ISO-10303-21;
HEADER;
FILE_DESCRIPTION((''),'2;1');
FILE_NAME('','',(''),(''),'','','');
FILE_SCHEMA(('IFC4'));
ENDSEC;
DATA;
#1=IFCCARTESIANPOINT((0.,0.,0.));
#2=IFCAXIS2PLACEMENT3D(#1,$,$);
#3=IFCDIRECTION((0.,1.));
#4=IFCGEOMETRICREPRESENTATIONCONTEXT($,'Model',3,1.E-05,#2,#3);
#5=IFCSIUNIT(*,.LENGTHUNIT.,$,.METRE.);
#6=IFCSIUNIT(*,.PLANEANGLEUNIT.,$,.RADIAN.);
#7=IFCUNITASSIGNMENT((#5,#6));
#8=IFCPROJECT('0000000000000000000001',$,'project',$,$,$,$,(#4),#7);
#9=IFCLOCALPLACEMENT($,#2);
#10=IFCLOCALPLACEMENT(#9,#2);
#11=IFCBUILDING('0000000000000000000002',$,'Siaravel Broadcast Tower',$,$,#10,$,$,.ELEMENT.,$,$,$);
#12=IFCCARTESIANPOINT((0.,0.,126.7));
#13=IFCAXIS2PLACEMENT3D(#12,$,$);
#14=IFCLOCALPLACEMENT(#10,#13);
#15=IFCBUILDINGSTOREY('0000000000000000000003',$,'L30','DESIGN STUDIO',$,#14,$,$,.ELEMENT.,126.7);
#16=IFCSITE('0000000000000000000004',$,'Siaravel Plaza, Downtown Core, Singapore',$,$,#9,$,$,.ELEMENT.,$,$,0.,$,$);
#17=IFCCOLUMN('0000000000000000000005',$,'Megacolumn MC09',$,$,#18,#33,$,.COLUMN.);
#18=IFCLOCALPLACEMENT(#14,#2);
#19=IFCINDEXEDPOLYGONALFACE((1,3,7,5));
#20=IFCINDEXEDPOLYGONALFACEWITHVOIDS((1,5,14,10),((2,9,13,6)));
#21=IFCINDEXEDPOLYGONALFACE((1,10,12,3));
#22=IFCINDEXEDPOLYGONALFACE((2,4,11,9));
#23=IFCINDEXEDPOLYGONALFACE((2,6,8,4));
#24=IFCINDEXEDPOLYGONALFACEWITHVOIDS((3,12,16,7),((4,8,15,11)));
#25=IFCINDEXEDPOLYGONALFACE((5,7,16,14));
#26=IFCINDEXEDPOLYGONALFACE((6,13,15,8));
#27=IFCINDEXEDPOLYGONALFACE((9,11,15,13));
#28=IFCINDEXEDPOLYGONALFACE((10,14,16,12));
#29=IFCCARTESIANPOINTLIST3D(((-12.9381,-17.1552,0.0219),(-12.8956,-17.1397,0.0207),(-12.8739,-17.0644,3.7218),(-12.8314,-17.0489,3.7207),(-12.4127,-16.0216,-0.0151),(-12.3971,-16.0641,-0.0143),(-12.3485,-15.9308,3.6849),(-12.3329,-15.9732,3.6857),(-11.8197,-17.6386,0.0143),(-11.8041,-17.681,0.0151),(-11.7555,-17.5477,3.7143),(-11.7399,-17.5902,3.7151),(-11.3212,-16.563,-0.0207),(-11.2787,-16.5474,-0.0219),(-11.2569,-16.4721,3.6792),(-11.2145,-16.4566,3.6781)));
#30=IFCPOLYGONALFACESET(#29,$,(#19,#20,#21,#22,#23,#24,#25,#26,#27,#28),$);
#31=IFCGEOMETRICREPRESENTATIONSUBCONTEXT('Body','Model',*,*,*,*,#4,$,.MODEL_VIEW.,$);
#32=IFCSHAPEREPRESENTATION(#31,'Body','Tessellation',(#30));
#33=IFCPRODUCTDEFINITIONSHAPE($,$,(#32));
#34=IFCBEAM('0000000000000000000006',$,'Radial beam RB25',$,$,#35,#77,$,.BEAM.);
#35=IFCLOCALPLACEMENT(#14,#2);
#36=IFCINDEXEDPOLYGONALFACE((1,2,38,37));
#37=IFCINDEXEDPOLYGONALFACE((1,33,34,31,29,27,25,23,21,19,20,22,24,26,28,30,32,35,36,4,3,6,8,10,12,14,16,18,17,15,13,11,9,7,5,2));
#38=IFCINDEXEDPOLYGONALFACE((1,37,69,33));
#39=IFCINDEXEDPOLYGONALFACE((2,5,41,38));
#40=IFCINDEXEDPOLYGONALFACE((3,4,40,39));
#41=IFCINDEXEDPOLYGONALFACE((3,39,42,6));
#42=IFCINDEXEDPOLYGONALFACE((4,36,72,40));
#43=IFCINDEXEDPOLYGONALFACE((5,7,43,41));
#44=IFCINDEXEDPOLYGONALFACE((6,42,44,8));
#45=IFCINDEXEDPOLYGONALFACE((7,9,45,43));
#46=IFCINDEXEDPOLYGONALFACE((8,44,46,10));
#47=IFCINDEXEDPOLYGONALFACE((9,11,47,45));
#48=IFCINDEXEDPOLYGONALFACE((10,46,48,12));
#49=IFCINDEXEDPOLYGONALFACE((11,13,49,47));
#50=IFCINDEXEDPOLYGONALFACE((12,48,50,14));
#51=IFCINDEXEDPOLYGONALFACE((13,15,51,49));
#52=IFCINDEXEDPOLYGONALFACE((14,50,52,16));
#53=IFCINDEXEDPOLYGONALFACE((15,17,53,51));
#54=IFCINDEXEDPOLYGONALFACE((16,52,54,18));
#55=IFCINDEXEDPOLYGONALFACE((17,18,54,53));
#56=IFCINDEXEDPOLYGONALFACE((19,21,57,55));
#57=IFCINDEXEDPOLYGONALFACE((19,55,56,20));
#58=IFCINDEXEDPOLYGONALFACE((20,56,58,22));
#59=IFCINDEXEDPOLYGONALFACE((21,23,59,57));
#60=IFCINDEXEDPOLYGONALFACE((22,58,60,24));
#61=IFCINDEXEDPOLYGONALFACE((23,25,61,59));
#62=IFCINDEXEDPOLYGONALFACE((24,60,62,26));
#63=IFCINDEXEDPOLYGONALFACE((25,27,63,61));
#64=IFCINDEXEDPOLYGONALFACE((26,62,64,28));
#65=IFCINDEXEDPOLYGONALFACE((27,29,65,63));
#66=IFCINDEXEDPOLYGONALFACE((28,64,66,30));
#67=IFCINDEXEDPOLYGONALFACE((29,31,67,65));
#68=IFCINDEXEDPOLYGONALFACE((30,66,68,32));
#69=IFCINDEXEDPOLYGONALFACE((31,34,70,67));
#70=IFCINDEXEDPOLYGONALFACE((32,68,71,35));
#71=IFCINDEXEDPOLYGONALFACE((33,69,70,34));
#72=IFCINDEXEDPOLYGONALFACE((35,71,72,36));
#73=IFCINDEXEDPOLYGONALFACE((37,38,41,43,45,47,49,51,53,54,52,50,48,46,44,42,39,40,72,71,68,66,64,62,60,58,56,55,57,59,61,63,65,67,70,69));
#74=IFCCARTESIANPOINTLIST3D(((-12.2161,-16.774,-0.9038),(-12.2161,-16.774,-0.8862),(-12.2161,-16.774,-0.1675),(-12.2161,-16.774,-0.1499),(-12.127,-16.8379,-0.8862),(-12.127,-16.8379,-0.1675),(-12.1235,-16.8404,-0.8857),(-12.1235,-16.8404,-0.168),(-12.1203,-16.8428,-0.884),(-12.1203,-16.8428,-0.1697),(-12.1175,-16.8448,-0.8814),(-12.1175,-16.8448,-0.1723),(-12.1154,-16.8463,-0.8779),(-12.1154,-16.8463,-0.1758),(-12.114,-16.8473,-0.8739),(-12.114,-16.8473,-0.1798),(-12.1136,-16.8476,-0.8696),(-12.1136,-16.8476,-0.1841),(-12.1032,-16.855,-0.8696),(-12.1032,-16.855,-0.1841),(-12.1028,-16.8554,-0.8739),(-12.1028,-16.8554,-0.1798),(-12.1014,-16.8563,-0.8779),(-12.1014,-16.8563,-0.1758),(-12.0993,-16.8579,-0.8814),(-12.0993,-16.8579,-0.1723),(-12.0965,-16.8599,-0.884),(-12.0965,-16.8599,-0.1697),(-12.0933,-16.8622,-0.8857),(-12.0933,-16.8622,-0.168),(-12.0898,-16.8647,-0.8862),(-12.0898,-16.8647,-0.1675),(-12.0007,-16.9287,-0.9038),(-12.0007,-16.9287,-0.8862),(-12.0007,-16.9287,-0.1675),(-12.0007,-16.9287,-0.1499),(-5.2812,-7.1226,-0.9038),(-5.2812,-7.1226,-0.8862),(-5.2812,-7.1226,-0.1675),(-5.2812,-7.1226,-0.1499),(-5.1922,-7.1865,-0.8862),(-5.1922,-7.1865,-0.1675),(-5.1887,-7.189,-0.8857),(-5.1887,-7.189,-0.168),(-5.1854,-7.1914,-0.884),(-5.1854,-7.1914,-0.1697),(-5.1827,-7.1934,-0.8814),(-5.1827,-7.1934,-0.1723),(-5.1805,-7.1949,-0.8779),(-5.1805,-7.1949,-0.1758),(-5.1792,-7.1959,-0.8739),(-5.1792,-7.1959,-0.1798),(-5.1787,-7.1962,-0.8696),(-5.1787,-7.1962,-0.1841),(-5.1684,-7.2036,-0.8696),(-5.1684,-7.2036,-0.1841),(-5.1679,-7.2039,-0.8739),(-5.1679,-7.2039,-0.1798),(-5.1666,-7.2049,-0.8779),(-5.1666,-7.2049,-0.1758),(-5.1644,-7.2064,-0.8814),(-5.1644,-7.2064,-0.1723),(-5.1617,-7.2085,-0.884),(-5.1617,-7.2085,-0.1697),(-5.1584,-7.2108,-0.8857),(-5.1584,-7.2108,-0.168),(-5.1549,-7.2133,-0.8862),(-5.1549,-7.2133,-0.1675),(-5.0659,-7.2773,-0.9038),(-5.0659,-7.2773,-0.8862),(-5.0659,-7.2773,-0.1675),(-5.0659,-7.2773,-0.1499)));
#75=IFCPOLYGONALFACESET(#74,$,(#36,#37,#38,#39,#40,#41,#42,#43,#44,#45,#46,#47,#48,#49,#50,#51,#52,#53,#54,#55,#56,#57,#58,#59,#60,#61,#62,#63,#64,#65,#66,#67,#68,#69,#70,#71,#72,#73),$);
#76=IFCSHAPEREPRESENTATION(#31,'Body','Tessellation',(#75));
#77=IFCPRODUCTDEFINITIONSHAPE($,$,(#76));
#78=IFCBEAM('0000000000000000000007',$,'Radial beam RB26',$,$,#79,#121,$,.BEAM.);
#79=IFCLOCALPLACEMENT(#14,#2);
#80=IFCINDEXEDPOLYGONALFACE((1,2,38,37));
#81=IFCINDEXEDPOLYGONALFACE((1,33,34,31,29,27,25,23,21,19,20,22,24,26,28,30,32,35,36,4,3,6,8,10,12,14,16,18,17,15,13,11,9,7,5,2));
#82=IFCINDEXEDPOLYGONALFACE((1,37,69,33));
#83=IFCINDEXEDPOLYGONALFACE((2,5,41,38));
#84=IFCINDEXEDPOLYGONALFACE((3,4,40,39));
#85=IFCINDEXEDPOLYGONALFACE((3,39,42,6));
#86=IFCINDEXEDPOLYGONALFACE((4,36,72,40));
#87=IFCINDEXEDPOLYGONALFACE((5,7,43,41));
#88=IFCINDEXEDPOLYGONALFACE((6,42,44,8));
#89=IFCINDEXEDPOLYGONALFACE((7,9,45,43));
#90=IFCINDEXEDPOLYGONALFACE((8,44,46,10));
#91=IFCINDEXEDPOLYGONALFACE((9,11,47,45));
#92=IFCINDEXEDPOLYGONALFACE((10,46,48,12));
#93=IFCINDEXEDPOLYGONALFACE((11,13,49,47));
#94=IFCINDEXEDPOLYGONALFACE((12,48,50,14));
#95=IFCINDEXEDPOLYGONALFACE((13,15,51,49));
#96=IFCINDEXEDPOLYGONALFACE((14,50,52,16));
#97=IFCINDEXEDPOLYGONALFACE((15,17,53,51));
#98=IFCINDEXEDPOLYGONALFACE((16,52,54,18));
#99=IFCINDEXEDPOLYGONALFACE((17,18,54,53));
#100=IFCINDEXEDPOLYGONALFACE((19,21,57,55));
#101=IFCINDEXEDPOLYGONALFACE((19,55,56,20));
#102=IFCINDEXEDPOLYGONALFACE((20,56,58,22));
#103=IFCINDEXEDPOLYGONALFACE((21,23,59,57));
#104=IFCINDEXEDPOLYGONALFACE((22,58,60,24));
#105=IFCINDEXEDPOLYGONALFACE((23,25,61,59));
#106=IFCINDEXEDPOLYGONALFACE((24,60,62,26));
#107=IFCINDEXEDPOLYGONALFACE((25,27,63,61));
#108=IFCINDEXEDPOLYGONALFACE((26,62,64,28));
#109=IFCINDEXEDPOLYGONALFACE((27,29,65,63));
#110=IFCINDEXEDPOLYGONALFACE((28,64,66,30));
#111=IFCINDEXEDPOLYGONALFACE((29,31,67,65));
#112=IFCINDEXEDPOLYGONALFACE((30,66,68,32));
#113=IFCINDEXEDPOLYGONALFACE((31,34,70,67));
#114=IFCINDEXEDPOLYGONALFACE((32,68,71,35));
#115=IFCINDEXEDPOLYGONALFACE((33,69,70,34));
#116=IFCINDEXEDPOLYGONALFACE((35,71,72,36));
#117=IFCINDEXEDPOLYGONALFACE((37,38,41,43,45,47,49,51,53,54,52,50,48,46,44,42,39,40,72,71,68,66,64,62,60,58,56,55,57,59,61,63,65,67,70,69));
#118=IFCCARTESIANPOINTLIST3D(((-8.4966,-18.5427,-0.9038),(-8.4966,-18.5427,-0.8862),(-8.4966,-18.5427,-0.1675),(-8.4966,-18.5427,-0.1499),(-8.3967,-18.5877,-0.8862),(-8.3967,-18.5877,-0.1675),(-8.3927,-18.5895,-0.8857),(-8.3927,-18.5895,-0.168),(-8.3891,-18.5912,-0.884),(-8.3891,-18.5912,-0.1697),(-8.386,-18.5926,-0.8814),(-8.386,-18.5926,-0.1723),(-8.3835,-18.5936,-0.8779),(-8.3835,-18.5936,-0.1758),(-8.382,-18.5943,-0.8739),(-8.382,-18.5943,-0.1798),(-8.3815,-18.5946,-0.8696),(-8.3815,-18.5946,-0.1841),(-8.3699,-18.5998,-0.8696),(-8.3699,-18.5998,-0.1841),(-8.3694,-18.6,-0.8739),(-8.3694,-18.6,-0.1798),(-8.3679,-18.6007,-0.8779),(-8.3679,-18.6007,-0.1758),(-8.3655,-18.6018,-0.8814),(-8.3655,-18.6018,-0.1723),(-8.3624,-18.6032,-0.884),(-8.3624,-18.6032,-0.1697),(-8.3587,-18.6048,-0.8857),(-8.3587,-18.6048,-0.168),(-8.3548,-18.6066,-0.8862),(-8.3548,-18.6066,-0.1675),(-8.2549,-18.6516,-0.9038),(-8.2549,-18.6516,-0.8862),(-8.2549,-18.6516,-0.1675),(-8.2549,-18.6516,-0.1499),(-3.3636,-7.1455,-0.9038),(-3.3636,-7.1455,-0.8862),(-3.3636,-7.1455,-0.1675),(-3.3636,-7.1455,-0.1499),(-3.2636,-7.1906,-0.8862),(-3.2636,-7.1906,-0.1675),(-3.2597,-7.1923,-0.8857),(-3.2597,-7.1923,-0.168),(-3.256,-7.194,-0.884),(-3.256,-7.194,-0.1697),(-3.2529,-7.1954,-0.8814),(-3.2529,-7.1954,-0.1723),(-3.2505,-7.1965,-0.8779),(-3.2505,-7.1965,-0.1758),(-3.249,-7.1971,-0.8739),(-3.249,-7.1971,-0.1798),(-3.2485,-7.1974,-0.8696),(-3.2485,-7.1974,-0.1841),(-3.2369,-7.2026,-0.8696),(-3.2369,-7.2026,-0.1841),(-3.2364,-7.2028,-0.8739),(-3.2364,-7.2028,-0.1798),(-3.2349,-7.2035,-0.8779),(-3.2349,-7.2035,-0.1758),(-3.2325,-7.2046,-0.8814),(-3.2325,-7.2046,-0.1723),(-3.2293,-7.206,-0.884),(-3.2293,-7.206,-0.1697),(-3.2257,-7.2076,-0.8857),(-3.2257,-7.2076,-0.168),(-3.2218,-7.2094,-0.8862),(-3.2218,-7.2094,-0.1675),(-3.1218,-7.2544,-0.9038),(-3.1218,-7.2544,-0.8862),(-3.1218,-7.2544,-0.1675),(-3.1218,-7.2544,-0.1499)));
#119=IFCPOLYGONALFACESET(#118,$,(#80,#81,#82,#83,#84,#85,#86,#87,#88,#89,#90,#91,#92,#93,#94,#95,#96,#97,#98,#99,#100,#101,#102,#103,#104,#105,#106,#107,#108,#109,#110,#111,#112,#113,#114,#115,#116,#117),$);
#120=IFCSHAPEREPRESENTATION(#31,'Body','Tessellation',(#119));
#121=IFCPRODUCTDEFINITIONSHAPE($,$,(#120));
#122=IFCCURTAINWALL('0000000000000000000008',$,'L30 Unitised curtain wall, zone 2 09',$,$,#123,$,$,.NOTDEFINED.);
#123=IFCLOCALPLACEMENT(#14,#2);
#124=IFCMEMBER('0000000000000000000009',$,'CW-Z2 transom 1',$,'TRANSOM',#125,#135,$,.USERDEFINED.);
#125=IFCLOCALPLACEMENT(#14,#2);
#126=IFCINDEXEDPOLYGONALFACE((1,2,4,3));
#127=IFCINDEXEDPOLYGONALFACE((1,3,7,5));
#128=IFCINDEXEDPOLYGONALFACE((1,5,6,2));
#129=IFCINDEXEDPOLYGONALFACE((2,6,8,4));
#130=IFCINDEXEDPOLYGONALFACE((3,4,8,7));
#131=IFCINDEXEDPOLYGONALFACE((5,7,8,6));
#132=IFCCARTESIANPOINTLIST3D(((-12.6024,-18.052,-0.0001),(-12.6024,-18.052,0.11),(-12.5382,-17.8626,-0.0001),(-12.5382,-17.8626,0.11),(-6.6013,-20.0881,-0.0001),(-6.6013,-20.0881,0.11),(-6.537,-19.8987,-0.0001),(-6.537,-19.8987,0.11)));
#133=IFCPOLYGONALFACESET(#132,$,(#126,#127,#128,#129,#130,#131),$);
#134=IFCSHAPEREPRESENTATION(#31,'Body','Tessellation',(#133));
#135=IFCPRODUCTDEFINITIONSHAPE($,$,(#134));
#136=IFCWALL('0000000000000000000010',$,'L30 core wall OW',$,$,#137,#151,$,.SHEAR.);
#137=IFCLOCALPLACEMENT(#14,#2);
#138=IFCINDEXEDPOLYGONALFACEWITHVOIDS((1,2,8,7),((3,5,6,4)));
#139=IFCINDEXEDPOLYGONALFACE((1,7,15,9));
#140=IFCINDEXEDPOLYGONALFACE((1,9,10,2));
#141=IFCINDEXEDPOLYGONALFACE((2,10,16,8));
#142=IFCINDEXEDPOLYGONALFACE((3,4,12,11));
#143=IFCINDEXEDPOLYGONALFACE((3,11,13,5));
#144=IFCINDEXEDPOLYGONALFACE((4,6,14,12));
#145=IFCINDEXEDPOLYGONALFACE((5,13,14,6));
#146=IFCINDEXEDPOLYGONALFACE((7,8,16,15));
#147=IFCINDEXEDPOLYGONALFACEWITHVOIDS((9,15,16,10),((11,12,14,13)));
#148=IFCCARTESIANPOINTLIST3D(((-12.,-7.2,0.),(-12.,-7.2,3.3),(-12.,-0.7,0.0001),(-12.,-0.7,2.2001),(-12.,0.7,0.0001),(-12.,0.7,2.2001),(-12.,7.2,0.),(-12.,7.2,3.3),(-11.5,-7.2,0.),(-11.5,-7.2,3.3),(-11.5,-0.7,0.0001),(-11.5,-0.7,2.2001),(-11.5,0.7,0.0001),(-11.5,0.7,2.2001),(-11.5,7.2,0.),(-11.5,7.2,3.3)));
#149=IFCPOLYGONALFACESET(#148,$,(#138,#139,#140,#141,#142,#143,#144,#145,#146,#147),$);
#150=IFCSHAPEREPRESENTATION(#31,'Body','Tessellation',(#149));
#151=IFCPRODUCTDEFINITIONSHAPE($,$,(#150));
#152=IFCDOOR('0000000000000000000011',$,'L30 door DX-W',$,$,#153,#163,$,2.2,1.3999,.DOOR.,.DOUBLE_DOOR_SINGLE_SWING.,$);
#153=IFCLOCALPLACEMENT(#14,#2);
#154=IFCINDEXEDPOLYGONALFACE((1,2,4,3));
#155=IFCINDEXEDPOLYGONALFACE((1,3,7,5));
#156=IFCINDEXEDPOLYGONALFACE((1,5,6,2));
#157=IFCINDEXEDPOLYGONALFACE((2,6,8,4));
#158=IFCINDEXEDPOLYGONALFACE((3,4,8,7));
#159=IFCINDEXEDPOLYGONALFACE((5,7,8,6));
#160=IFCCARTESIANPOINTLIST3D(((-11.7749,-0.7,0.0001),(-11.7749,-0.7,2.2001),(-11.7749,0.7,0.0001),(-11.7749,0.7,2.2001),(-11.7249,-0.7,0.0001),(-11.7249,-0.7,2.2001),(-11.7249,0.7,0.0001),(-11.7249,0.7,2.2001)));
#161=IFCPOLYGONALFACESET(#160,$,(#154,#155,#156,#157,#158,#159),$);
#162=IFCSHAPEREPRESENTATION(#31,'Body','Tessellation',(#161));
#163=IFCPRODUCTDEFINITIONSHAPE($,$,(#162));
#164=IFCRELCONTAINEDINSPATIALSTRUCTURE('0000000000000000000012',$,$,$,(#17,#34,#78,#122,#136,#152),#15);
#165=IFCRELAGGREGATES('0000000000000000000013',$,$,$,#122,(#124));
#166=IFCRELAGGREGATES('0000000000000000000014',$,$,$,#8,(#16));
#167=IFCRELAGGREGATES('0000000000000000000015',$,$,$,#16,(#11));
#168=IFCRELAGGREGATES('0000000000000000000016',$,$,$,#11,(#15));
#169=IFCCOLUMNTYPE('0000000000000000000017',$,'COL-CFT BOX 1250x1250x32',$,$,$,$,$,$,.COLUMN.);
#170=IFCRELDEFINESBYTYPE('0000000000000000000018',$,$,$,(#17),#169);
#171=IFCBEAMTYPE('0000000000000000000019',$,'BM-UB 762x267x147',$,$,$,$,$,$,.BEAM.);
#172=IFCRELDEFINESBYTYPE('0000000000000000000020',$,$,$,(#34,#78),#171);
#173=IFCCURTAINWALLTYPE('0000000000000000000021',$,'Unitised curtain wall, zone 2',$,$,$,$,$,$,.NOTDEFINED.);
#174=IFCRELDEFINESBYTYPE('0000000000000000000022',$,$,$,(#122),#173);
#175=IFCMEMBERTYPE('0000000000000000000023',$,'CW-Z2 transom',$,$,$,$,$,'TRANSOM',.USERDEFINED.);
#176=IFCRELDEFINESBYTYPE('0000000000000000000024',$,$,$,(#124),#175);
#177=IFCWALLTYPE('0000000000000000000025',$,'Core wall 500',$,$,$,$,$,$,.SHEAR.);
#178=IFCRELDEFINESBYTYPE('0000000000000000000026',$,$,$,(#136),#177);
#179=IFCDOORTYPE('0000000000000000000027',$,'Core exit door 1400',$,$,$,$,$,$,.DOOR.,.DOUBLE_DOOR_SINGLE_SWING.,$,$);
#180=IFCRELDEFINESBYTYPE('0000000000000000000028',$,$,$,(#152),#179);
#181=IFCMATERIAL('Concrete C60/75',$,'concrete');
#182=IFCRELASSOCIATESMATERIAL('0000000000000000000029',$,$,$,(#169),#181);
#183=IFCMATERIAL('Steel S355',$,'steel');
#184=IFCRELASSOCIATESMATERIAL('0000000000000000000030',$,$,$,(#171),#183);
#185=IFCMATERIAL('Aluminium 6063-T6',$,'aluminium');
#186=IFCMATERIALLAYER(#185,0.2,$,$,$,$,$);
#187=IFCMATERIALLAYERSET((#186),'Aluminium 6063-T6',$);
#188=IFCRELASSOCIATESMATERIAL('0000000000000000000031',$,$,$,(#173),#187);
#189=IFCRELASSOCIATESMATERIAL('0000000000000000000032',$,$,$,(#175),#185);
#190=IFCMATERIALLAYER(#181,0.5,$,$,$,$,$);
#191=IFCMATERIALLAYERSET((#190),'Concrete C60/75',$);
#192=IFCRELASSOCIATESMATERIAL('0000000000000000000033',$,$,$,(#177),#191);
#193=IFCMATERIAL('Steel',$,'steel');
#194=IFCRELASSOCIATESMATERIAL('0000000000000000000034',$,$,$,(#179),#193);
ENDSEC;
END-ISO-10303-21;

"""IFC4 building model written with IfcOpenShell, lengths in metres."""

from ifc_helpers import new_model, si_unit, direction, frame, frame_2d, origin, origin_2d, place, context, subcontext, project, spatial, rectangle, hollow_rectangle, i_section, extrude, material, layer, layer_set, material_profile, profile_set, type_object, element, fill, aggregate, save


model = new_model("IFC4")

# Units and contexts
model_context = context("Model", 3, precision=1e-05, world=origin(), true_north=direction((0.0, 1.0)))
body_context = subcontext(model_context, "Body", "Model", "MODEL_VIEW")
ifc_project = project(units=[si_unit("LENGTHUNIT", "METRE"), si_unit("PLANEANGLEUNIT", "RADIAN")], contexts=[model_context])

# Site, building, storey
site_placement = place(None, origin())
site = spatial("IfcSite", under=ifc_project, at=site_placement, Name="Siaravel Plaza, Downtown Core, Singapore", CompositionType="ELEMENT", RefElevation=0.0)
building_placement = place(site_placement, origin())
building = spatial("IfcBuilding", under=site, at=building_placement, Name="Siaravel Broadcast Tower", CompositionType="ELEMENT")
storey_placement = place(building_placement, frame((0.0, 0.0, 126.7)))
storey = spatial("IfcBuildingStorey", under=building, at=storey_placement, Name="L30", Description="DESIGN STUDIO", CompositionType="ELEMENT", Elevation=126.7)

# Column
ifc_material_1 = material(Name="Concrete C60/75", Category="concrete")
ifc_material_profile_1 = material_profile(ifc_material_1, hollow_rectangle(XDim=1.25, YDim=1.25, WallThickness=0.032, at=origin_2d()))
ifc_profile_set_1 = profile_set([ifc_material_profile_1], Name="Concrete C60/75")
column_type = type_object("IfcColumnType", Name="COL-CFT BOX 1250x1250x32", PredefinedType="COLUMN", material=ifc_profile_set_1)
column_placement = place(storey_placement, frame((-12.1084, -16.8513, 0.0), z_axis=(0.017346, 0.024535, 0.999548), x_axis=(-0.907211, 0.420642, 0.005419)))
element("IfcColumn", 1, at=column_placement, inside=storey, type_object=column_type, Name="Megacolumn MC09", PredefinedType="COLUMN", context=body_context, shape_type="SweptSolid", body=[
    extrude(hollow_rectangle(XDim=1.25, YDim=1.25, WallThickness=0.032, at=origin_2d()), origin(), (0.0, 0.0, 1.0), 3.7017),
])

# Beams
ifc_material_2 = material(Name="Steel S355", Category="steel")
ifc_material_profile_2 = material_profile(ifc_material_2, i_section(OverallWidth=0.2651, OverallDepth=0.7539, WebThickness=0.0127, FlangeThickness=0.0176, FilletRadius=0.0166, at=origin_2d()))
ifc_profile_set_2 = profile_set([ifc_material_profile_2], Name="Steel S355")
beam_type = type_object("IfcBeamType", Name="BM-UB 762x267x147", PredefinedType="BEAM", material=ifc_profile_set_2)
beam_1_placement = place(storey_placement, frame((-12.1084, -16.8513, -0.5269), z_axis=(0.583519, 0.812099, 0.0), x_axis=(-0.812099, 0.583519, 0.0)))
element("IfcBeam", 2, at=beam_1_placement, inside=storey, type_object=beam_type, Name="Radial beam RB25", PredefinedType="BEAM", context=body_context, shape_type="SweptSolid", body=[
    extrude(i_section(OverallWidth=0.2651, OverallDepth=0.7539, WebThickness=0.0127, FlangeThickness=0.0176, FilletRadius=0.0166, at=origin_2d()), origin(), (0.0, 0.0, 1.0), 11.8845),
])
beam_2_placement = place(storey_placement, frame((-8.3757, -18.5972, -0.5269), z_axis=(0.410651, 0.911792, 0.0), x_axis=(-0.911792, 0.410651, 0.0)))
element("IfcBeam", 3, at=beam_2_placement, inside=storey, type_object=beam_type, Name="Radial beam RB26", PredefinedType="BEAM", context=body_context, shape_type="SweptSolid", body=[
    extrude(i_section(OverallWidth=0.2651, OverallDepth=0.7539, WebThickness=0.0127, FlangeThickness=0.0176, FilletRadius=0.0166, at=origin_2d()), origin(), (0.0, 0.0, 1.0), 12.4998),
])

# Curtain wall, member
ifc_material_3 = material(Name="Aluminium 6063-T6", Category="aluminium")
ifc_layer_1 = layer(ifc_material_3, 0.2)
ifc_layer_set_1 = layer_set([ifc_layer_1], Name="Aluminium 6063-T6")
curtain_wall_type = type_object("IfcCurtainWallType", Name="Unitised curtain wall, zone 2", PredefinedType="NOTDEFINED", material=ifc_layer_set_1)
curtain_wall_placement = place(storey_placement, origin())
curtain_wall = element("IfcCurtainWall", 4, at=curtain_wall_placement, inside=storey, type_object=curtain_wall_type, Name="L30 Unitised curtain wall, zone 2 09", PredefinedType="NOTDEFINED")
ifc_material_profile_3 = material_profile(ifc_material_3, rectangle(XDim=0.2, YDim=0.1101, at=origin_2d()))
ifc_profile_set_3 = profile_set([ifc_material_profile_3], Name="Aluminium 6063-T6")
member_type = type_object("IfcMemberType", Name="CW-Z2 transom", ElementType="TRANSOM", PredefinedType="USERDEFINED", material=ifc_profile_set_3)
member_placement = place(storey_placement, frame((-12.5703, -17.9573, 0.0549), z_axis=(0.946978, -0.321297, 0.0), x_axis=(0.321297, 0.946978, 0.0)))
member = element("IfcMember", 5, at=member_placement, type_object=member_type, Name="CW-Z2 transom 1", ObjectType="TRANSOM", PredefinedType="USERDEFINED", context=body_context, shape_type="SweptSolid", body=[
    extrude(rectangle(XDim=0.2, YDim=0.1101, at=origin_2d()), origin(), (0.0, 0.0, 1.0), 6.3372),
])
aggregate(curtain_wall, [member])

# Wall, opening, door
ifc_layer_2 = layer(ifc_material_1, 0.5)
ifc_layer_set_2 = layer_set([ifc_layer_2], Name="Concrete C60/75")
wall_type_1 = type_object("IfcWallType", Name="Core wall 500", PredefinedType="SHEAR", material=ifc_layer_set_2)
wall_1_placement = place(storey_placement, frame((-11.75, -7.2, 0.0), z_axis=(0.0, 0.0, 1.0), x_axis=(0.0, 1.0, 0.0)))
wall_1 = element("IfcWall", 6, at=wall_1_placement, inside=storey, type_object=wall_type_1, Name="L30 core wall OW", PredefinedType="SHEAR", context=body_context, shape_type="SweptSolid", body=[
    extrude(rectangle(XDim=14.3999, YDim=0.5, at=frame_2d((7.2, 0.0))), origin(), (0.0, 0.0, 1.0), 3.3),
])
opening_1_placement = place(wall_1_placement, frame((6.5, 0.0, 0.0)))
opening_1 = element("IfcOpeningElement", 7, at=opening_1_placement, cuts=wall_1, PredefinedType="OPENING", context=body_context, shape_type="SweptSolid", body=[
    extrude(rectangle(XDim=1.3999, YDim=2.2, at=frame_2d((0.7, 1.1001))), frame((0.0, 0.26, 0.0), z_axis=(0.0, -1.0, 0.0), x_axis=(1.0, 0.0, 0.0)), (0.0, 0.0, 1.0), 0.52),
])
ifc_material_4 = material(Name="Steel", Category="steel")
door_type_1 = type_object("IfcDoorType", Name="Core exit door 1400", OperationType="DOUBLE_DOOR_SINGLE_SWING", PredefinedType="DOOR", material=ifc_material_4)
door_1_placement = place(opening_1_placement, origin())
door_1 = element("IfcDoor", 8, at=door_1_placement, inside=storey, type_object=door_type_1, Name="L30 door DX-W", OperationType="DOUBLE_DOOR_SINGLE_SWING", OverallHeight=2.2, OverallWidth=1.3999, PredefinedType="DOOR", context=body_context, shape_type="SweptSolid", body=[
    extrude(rectangle(XDim=1.3999, YDim=2.2, at=frame_2d((0.7, 1.1001))), frame((0.0, 0.0249, 0.0), z_axis=(0.0, -1.0, 0.0), x_axis=(1.0, 0.0, 0.0)), (0.0, 0.0, 1.0), 0.05),
])
fill(opening_1, door_1)

save(model, "model.ifc")
